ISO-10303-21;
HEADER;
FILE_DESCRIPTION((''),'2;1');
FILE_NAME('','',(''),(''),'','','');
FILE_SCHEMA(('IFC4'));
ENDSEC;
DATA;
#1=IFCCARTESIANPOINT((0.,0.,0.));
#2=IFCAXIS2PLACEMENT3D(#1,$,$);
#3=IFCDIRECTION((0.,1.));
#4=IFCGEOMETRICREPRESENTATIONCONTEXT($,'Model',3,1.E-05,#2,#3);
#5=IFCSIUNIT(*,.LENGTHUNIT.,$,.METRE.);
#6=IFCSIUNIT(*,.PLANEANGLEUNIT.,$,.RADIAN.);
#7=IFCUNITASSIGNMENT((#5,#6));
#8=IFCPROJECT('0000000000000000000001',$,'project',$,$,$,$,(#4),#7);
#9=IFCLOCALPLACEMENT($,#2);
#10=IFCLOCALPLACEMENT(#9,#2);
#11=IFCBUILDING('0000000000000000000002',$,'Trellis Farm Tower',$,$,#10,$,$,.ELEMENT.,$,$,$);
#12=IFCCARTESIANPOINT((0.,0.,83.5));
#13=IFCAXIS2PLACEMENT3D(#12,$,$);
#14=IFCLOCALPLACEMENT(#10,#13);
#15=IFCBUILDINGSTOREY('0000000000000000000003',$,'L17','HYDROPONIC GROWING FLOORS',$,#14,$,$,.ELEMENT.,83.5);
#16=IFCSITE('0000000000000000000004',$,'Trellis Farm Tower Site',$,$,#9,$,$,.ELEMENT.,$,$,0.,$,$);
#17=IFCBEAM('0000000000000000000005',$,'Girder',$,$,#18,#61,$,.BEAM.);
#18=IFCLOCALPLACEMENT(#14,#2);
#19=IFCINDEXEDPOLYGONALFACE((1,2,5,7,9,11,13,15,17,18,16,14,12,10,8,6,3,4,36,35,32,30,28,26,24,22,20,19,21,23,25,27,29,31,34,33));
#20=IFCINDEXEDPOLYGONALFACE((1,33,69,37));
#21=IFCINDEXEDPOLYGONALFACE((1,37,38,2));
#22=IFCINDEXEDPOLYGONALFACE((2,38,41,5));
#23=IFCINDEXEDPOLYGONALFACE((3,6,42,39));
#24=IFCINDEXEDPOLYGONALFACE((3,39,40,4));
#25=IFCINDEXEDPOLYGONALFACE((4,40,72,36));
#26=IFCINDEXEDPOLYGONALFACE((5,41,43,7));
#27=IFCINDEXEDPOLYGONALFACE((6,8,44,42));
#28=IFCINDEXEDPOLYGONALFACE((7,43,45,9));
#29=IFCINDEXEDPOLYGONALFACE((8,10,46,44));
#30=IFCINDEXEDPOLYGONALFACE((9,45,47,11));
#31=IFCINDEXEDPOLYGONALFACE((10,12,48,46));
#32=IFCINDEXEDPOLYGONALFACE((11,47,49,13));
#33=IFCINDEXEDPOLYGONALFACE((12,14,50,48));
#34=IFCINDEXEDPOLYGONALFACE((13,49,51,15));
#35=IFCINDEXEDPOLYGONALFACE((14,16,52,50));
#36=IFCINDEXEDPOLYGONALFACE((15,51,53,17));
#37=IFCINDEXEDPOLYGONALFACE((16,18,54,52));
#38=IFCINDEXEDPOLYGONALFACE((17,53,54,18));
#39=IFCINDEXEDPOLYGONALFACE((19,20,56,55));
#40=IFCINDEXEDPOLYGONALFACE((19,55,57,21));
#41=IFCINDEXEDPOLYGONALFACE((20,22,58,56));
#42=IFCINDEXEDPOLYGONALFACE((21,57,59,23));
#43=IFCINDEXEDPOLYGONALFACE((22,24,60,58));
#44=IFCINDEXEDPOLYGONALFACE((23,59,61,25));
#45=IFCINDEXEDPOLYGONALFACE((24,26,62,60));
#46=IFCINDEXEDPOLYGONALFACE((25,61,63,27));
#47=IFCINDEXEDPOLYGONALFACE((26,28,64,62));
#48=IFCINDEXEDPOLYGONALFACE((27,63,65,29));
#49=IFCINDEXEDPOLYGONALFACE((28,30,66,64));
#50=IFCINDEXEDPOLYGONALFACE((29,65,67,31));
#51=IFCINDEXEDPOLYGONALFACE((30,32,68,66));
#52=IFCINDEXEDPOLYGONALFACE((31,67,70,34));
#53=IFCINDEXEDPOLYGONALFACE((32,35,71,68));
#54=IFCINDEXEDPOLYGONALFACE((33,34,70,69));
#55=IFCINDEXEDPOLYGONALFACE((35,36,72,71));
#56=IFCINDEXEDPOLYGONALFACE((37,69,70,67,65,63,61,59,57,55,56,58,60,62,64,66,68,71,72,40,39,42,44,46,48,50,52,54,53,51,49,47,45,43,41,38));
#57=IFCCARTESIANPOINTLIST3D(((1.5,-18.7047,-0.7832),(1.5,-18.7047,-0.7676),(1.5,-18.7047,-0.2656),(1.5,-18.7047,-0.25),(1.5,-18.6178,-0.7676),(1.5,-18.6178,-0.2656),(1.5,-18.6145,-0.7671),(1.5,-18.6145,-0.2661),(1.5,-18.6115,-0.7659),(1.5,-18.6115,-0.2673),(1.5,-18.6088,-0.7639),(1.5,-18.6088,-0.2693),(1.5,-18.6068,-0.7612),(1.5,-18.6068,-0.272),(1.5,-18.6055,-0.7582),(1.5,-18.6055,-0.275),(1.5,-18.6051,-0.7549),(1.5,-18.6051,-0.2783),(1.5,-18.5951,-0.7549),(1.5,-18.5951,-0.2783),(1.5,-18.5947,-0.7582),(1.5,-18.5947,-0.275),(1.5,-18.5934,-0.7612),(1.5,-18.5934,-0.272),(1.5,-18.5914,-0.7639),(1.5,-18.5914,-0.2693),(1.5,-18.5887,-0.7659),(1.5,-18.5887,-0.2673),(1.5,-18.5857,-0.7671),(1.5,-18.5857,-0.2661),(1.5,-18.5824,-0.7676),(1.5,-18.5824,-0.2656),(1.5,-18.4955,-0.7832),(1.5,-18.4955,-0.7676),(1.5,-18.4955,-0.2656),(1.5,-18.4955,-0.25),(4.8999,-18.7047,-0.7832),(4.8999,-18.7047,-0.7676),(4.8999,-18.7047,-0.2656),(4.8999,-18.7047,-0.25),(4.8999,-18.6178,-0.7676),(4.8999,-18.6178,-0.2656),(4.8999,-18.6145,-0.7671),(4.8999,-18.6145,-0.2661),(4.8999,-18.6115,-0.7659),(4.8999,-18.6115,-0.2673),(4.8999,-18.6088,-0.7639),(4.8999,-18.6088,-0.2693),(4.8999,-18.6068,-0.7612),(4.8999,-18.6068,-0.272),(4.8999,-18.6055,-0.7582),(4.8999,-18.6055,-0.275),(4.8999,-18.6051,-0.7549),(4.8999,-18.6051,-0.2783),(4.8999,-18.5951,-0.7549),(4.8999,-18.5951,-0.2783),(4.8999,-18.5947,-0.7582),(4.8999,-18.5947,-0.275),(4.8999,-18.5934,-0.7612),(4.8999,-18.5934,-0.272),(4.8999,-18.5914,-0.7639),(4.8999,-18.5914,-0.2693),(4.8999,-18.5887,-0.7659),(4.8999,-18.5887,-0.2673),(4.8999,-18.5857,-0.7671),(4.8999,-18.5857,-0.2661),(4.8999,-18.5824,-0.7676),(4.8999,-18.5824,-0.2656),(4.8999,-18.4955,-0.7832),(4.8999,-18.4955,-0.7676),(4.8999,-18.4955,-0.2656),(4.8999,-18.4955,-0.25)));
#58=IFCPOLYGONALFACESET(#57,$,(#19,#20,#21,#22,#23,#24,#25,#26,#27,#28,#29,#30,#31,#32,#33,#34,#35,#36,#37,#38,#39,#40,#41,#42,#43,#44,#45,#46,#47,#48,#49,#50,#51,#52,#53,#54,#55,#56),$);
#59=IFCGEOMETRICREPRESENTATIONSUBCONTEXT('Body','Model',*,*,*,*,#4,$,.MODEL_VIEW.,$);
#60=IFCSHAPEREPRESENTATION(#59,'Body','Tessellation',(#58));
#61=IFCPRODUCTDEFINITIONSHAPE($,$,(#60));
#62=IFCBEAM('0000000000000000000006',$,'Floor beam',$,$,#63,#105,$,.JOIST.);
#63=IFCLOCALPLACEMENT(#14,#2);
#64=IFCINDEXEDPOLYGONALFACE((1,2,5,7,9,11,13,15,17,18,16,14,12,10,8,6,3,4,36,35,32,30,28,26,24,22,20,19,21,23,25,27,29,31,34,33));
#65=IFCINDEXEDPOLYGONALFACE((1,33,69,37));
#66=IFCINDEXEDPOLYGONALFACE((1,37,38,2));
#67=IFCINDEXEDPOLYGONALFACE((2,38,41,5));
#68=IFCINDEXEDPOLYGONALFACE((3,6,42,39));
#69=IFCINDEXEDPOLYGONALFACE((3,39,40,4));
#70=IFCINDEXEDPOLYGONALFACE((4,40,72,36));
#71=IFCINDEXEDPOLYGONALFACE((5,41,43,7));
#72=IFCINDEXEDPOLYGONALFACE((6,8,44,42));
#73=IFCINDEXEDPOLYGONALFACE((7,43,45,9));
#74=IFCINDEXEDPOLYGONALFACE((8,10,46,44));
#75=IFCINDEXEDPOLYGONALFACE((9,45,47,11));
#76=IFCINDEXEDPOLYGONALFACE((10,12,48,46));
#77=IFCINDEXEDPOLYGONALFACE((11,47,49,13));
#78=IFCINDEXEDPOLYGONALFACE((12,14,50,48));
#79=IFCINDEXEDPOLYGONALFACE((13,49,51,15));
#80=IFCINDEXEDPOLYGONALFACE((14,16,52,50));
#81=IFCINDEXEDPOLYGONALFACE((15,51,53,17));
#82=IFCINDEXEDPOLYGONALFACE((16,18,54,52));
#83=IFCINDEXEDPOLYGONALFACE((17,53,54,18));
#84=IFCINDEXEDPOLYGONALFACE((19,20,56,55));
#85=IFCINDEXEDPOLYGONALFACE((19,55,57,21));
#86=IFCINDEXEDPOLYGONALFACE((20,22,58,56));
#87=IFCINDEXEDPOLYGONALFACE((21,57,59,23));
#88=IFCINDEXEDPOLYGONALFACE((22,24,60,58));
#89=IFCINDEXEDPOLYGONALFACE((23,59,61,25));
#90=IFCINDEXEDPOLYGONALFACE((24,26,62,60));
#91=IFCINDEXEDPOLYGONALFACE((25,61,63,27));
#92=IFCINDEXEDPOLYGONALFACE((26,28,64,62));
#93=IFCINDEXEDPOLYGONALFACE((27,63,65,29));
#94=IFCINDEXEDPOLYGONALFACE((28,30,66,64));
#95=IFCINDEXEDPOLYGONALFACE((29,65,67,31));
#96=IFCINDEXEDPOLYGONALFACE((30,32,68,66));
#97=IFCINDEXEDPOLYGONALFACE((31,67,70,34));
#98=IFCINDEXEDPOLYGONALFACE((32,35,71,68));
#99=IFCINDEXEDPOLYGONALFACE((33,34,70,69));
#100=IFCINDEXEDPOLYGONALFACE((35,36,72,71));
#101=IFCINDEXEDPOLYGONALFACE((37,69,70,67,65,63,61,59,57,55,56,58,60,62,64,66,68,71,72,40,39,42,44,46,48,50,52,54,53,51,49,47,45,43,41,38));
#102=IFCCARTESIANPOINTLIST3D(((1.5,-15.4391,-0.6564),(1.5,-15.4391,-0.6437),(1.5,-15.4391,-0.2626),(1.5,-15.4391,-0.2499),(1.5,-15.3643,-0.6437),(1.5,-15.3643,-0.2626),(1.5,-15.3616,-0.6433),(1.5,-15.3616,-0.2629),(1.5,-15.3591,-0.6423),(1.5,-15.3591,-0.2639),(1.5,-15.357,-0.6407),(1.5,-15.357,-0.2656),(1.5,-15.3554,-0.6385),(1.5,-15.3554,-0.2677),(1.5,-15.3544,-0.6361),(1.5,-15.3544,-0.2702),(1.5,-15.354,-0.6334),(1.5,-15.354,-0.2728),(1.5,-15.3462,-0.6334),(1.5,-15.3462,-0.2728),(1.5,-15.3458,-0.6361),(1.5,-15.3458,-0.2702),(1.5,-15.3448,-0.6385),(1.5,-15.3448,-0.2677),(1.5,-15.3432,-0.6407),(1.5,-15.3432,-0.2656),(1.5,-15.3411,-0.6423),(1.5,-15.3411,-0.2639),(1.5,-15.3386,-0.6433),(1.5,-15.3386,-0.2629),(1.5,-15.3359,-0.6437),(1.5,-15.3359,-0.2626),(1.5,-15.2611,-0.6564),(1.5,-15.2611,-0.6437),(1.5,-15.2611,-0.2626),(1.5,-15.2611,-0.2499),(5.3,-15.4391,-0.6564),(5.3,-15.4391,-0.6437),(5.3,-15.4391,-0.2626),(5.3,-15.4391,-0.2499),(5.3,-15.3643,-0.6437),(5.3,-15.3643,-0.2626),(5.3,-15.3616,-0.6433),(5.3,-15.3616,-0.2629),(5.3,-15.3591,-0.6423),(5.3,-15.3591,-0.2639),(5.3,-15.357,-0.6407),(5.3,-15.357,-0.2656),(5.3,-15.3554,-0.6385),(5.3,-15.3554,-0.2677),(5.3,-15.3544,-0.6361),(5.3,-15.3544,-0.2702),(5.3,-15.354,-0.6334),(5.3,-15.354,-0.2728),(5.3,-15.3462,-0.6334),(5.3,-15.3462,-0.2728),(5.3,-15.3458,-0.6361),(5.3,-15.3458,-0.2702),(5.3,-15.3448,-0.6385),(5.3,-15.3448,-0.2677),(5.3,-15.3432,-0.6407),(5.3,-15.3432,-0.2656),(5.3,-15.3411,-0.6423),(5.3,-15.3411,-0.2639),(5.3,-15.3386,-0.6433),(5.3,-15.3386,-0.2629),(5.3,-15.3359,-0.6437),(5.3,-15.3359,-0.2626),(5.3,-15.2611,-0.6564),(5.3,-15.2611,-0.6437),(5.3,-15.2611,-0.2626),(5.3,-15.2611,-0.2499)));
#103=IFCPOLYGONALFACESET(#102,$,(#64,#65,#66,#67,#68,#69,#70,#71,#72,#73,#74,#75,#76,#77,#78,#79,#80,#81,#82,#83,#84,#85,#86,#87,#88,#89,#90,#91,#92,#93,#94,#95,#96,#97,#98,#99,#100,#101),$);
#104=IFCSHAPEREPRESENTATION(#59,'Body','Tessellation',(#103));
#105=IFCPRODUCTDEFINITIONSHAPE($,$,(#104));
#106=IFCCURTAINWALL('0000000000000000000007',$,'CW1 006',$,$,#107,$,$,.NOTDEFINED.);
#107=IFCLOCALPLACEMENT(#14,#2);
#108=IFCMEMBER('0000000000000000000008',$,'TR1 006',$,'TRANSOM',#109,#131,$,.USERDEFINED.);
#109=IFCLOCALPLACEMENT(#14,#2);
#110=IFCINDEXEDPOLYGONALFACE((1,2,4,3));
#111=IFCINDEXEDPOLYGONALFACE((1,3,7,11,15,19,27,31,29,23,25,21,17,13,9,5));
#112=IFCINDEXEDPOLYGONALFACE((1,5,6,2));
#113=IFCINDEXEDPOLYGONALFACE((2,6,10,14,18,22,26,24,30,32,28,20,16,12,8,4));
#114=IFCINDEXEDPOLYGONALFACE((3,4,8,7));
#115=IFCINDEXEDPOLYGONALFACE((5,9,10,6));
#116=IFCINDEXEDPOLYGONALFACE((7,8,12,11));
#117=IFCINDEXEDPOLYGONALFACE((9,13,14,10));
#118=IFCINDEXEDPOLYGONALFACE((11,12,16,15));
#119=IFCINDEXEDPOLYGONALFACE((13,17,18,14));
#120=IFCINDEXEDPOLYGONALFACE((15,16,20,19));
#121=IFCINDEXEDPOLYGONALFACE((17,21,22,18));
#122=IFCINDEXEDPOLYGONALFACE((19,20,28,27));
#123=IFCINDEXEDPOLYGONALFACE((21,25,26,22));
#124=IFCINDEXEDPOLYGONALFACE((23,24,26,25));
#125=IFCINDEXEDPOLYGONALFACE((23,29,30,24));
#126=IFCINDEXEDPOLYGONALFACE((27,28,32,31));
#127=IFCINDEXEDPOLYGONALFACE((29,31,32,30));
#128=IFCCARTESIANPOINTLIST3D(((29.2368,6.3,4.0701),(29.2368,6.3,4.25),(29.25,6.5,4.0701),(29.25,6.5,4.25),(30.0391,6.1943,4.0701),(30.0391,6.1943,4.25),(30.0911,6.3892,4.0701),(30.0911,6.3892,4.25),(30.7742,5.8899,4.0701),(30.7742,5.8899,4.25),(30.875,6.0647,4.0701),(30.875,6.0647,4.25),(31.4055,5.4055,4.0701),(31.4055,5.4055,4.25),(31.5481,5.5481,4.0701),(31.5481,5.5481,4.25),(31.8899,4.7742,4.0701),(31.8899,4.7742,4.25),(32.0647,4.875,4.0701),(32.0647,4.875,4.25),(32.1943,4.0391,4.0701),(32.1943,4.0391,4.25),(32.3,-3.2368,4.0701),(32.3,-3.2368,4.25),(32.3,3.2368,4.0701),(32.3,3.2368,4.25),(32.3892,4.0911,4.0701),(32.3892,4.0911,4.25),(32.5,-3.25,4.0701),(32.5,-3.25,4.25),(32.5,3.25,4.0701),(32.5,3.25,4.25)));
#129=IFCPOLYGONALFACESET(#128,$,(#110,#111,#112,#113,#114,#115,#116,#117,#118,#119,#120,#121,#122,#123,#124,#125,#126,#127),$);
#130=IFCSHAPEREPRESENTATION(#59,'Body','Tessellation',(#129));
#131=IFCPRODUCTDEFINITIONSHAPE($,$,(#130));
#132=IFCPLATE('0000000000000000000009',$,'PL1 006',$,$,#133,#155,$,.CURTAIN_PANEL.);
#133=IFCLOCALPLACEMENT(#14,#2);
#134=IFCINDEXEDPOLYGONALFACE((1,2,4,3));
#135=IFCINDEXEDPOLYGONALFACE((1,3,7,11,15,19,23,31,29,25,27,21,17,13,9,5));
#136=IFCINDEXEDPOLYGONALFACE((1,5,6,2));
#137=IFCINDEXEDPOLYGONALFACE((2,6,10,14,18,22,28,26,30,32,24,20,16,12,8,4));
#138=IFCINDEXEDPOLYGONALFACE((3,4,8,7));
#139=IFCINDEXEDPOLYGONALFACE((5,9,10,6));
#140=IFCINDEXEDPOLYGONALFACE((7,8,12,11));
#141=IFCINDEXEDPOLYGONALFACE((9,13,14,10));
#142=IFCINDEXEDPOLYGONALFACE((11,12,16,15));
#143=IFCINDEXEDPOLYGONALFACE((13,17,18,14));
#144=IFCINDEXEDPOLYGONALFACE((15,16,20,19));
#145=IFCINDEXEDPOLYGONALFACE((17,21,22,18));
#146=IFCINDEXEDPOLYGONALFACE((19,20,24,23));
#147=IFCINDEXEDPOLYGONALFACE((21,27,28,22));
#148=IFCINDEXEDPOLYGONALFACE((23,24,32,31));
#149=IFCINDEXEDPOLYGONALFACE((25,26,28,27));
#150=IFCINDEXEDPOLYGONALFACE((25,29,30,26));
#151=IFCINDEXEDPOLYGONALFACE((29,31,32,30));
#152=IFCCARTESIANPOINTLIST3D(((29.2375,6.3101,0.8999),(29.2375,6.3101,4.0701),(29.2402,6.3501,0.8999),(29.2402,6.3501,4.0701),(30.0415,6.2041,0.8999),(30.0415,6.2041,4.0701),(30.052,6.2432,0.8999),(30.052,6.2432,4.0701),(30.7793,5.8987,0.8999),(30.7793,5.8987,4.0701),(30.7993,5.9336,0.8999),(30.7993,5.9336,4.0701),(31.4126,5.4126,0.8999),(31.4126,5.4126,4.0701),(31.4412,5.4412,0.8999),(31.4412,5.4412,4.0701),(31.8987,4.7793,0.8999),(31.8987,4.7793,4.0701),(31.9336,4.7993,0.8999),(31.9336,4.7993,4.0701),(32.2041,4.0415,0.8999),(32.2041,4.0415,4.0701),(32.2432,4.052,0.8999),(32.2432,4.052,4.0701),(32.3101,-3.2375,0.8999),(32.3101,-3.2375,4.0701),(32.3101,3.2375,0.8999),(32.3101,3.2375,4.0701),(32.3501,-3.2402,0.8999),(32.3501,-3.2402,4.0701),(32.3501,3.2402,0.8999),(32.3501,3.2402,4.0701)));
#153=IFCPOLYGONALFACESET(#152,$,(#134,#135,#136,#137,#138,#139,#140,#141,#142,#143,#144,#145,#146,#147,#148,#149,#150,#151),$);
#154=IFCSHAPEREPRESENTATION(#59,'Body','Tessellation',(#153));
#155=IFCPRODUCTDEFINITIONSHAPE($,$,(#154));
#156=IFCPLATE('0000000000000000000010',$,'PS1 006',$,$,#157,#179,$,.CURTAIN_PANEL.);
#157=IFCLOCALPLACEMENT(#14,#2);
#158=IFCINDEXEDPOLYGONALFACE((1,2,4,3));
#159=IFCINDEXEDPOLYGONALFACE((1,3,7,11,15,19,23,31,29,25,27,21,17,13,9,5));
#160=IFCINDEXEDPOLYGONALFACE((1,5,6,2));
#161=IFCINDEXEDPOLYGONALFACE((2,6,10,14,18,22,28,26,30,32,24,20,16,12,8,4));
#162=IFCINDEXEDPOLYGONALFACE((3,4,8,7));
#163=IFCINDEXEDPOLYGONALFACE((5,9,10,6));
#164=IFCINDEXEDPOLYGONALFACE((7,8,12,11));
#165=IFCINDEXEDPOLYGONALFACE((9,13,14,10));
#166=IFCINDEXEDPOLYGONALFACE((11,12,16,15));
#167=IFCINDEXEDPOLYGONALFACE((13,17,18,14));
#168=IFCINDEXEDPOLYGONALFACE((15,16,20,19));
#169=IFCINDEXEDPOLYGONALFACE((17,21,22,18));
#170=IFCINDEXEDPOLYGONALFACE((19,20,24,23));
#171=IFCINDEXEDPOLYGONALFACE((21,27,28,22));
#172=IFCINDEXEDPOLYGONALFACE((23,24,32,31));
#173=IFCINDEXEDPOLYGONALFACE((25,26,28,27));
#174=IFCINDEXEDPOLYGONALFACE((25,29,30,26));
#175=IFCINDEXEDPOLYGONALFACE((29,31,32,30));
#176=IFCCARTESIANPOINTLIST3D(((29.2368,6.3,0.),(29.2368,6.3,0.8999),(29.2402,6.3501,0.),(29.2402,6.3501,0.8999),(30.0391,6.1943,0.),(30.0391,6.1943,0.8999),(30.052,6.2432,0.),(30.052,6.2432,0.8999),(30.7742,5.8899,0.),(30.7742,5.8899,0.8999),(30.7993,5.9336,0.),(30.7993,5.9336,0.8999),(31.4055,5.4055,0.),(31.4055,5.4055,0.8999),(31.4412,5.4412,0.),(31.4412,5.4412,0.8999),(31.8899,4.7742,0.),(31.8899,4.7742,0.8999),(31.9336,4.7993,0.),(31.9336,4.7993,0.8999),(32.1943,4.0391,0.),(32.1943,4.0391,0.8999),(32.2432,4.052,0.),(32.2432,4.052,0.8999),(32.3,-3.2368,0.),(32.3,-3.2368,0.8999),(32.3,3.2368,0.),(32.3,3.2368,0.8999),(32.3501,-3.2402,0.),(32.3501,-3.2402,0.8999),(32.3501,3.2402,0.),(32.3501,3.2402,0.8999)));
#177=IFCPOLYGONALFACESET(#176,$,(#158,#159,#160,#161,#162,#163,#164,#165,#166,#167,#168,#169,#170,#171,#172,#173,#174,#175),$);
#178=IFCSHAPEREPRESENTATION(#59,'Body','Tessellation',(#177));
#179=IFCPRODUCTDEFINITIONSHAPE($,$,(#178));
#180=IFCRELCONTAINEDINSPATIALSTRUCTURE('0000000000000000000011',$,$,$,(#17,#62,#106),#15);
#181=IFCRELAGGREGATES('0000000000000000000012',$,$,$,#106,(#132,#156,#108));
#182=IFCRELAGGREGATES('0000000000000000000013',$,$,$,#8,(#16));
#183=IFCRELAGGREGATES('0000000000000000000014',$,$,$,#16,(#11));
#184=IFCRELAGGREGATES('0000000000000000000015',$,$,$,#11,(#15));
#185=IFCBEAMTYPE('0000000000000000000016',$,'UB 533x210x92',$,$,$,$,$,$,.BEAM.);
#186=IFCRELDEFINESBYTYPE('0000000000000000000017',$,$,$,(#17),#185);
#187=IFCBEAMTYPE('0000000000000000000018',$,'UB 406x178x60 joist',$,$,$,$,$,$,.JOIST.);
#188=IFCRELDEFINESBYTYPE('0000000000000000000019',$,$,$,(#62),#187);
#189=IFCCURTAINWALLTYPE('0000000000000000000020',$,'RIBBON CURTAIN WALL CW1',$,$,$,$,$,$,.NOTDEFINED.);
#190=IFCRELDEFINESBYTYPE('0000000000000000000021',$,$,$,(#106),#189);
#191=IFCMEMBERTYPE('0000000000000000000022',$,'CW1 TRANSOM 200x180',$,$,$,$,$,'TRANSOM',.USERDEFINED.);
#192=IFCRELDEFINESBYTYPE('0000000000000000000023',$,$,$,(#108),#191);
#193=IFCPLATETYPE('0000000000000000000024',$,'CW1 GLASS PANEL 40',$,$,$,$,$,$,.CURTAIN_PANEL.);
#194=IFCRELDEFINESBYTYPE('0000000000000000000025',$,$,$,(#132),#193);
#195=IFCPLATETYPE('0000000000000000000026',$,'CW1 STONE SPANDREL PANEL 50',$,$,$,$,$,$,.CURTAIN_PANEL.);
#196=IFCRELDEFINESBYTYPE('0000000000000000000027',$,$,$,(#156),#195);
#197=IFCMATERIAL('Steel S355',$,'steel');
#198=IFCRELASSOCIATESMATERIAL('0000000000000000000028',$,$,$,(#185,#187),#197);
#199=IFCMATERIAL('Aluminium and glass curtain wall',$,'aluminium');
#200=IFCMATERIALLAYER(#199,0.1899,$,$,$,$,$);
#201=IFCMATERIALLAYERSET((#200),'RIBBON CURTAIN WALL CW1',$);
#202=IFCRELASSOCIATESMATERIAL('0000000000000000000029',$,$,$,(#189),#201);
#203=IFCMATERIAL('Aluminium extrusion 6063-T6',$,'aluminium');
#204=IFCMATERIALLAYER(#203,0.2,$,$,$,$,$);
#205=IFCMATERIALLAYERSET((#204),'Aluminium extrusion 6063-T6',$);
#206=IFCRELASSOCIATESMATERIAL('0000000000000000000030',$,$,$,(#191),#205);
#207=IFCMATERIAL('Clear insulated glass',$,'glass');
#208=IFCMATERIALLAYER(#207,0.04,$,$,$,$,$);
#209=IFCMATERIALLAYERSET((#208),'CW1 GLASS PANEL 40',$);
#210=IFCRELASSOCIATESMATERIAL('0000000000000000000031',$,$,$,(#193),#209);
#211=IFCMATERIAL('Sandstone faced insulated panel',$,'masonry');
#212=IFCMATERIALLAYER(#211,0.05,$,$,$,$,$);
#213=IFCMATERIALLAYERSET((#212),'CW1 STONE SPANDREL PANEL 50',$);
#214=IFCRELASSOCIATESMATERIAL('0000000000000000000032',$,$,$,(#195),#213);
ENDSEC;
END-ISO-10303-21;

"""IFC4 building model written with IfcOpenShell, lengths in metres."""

from ifc_helpers import new_model, si_unit, direction, frame, origin, origin_2d, place, context, subcontext, project, spatial, polyline, i_section, outline, extrude, source, transform, mapped, material, layer, layer_set, material_profile, profile_set, type_object, element, aggregate, save


model = new_model("IFC4")

# Units and contexts
model_context = context("Model", 3, precision=1e-05, world=origin(), true_north=direction((0.0, 1.0)))
body_context = subcontext(model_context, "Body", "Model", "MODEL_VIEW")
ifc_project = project(units=[si_unit("LENGTHUNIT", "METRE"), si_unit("PLANEANGLEUNIT", "RADIAN")], contexts=[model_context])

# Site, building, storey
site_placement = place(None, origin())
site = spatial("IfcSite", under=ifc_project, at=site_placement, Name="Trellis Farm Tower Site", CompositionType="ELEMENT", RefElevation=0.0)
building_placement = place(site_placement, origin())
building = spatial("IfcBuilding", under=site, at=building_placement, Name="Trellis Farm Tower", CompositionType="ELEMENT")
storey_placement = place(building_placement, frame((0.0, 0.0, 83.5)))
storey = spatial("IfcBuildingStorey", under=building, at=storey_placement, Name="L17", Description="HYDROPONIC GROWING FLOORS", CompositionType="ELEMENT", Elevation=83.5)

# Beams
ifc_material_1 = material(Name="Steel S355", Category="steel")
ifc_material_profile_1 = material_profile(ifc_material_1, i_section(OverallWidth=0.2092, OverallDepth=0.5332, WebThickness=0.01, FlangeThickness=0.0156, FilletRadius=0.0127, at=origin_2d()), Name="UB 533x210x92")
ifc_profile_set_1 = profile_set([ifc_material_profile_1], Name="Steel S355")
beam_type_1 = type_object("IfcBeamType", Name="UB 533x210x92", PredefinedType="BEAM", material=ifc_profile_set_1)
shared_shape_1 = source(origin(), body_context, "Body", "SweptSolid", [
    extrude(i_section(OverallWidth=0.2092, OverallDepth=0.5332, WebThickness=0.01, FlangeThickness=0.0156, FilletRadius=0.0127, at=origin_2d()), origin(), (0.0, 0.0, 1.0), 3.3999),
])
beam_1_placement = place(storey_placement, frame((1.5, -18.6001, -0.5166), z_axis=(1.0, 0.0, 0.0), x_axis=(0.0, 1.0, 0.0)))
element("IfcBeam", 1, at=beam_1_placement, inside=storey, type_object=beam_type_1, Name="Girder", PredefinedType="BEAM", context=body_context, shape_type="MappedRepresentation", body=[
    mapped(shared_shape_1, transform((0.0, 0.0, 0.0))),
])
ifc_material_profile_2 = material_profile(ifc_material_1, i_section(OverallWidth=0.178, OverallDepth=0.4065, WebThickness=0.0078, FlangeThickness=0.0127, FilletRadius=0.0103, at=origin_2d()), Name="UB 406x178x60")
ifc_profile_set_2 = profile_set([ifc_material_profile_2], Name="Steel S355")
beam_type_2 = type_object("IfcBeamType", Name="UB 406x178x60 joist", PredefinedType="JOIST", material=ifc_profile_set_2)
shared_shape_2 = source(origin(), body_context, "Body", "SweptSolid", [
    extrude(i_section(OverallWidth=0.178, OverallDepth=0.4065, WebThickness=0.0078, FlangeThickness=0.0127, FilletRadius=0.0103, at=origin_2d()), origin(), (0.0, 0.0, 1.0), 3.8),
])
beam_2_placement = place(storey_placement, frame((1.5, -15.3501, -0.4531), z_axis=(1.0, 0.0, 0.0), x_axis=(0.0, 1.0, 0.0)))
element("IfcBeam", 2, at=beam_2_placement, inside=storey, type_object=beam_type_2, Name="Floor beam", PredefinedType="JOIST", context=body_context, shape_type="MappedRepresentation", body=[
    mapped(shared_shape_2, transform((0.0, 0.0, 0.0))),
])

# Curtain wall, member, plates
ifc_material_2 = material(Name="Aluminium and glass curtain wall", Category="aluminium")
ifc_layer_1 = layer(ifc_material_2, 0.1899)
ifc_layer_set_1 = layer_set([ifc_layer_1], Name="RIBBON CURTAIN WALL CW1")
curtain_wall_type = type_object("IfcCurtainWallType", Name="RIBBON CURTAIN WALL CW1", PredefinedType="NOTDEFINED", material=ifc_layer_set_1)
placement = place(storey_placement, origin())
curtain_wall = element("IfcCurtainWall", 3, at=placement, inside=storey, type_object=curtain_wall_type, Name="CW1 006", PredefinedType="NOTDEFINED")
ifc_material_3 = material(Name="Aluminium extrusion 6063-T6", Category="aluminium")
ifc_layer_2 = layer(ifc_material_3, 0.2)
ifc_layer_set_2 = layer_set([ifc_layer_2], Name="Aluminium extrusion 6063-T6")
member_type = type_object("IfcMemberType", Name="CW1 TRANSOM 200x180", ElementType="TRANSOM", PredefinedType="USERDEFINED", material=ifc_layer_set_2)
shared_shape_3 = source(origin(), body_context, "Body", "SweptSolid", [
    extrude(outline(polyline([(32.5, -3.25), (32.5, 3.25), (32.3892, 4.0911), (32.0647, 4.875), (31.5481, 5.5481), (30.875, 6.0647), (30.0911, 6.3892), (29.25, 6.5), (29.2368, 6.3), (30.0391, 6.1943), (30.7742, 5.8899), (31.4055, 5.4055), (31.8899, 4.7742), (32.1943, 4.0391), (32.3, 3.2368), (32.3, -3.2368), (32.5, -3.25)])), origin(), (0.0, 0.0, 1.0), 0.1799),
])
member_placement = place(storey_placement, frame((0.0, 0.0, 4.0701)))
member = element("IfcMember", 4, at=member_placement, type_object=member_type, Name="TR1 006", ObjectType="TRANSOM", PredefinedType="USERDEFINED", context=body_context, shape_type="MappedRepresentation", body=[
    mapped(shared_shape_3, transform((0.0, 0.0, 0.0))),
])
ifc_material_4 = material(Name="Clear insulated glass", Category="glass")
ifc_layer_3 = layer(ifc_material_4, 0.04)
ifc_layer_set_3 = layer_set([ifc_layer_3], Name="CW1 GLASS PANEL 40")
plate_type_1 = type_object("IfcPlateType", Name="CW1 GLASS PANEL 40", PredefinedType="CURTAIN_PANEL", material=ifc_layer_set_3)
shared_shape_4 = source(origin(), body_context, "Body", "SweptSolid", [
    extrude(outline(polyline([(32.3501, -3.2402), (32.3501, 3.2402), (32.2432, 4.052), (31.9336, 4.7993), (31.4412, 5.4412), (30.7993, 5.9336), (30.052, 6.2432), (29.2402, 6.3501), (29.2375, 6.3101), (30.0415, 6.2041), (30.7793, 5.8987), (31.4126, 5.4126), (31.8987, 4.7793), (32.2041, 4.0415), (32.3101, 3.2375), (32.3101, -3.2375), (32.3501, -3.2402)])), origin(), (0.0, 0.0, 1.0), 3.1702),
])
plate_1_placement = place(storey_placement, frame((0.0, 0.0, 0.8999)))
plate_1 = element("IfcPlate", 5, at=plate_1_placement, type_object=plate_type_1, Name="PL1 006", PredefinedType="CURTAIN_PANEL", context=body_context, shape_type="MappedRepresentation", body=[
    mapped(shared_shape_4, transform((0.0, 0.0, 0.0))),
])
ifc_material_5 = material(Name="Sandstone faced insulated panel", Category="masonry")
ifc_layer_4 = layer(ifc_material_5, 0.05)
ifc_layer_set_4 = layer_set([ifc_layer_4], Name="CW1 STONE SPANDREL PANEL 50")
plate_type_2 = type_object("IfcPlateType", Name="CW1 STONE SPANDREL PANEL 50", PredefinedType="CURTAIN_PANEL", material=ifc_layer_set_4)
shared_shape_5 = source(origin(), body_context, "Body", "SweptSolid", [
    extrude(outline(polyline([(32.3501, -3.2402), (32.3501, 3.2402), (32.2432, 4.052), (31.9336, 4.7993), (31.4412, 5.4412), (30.7993, 5.9336), (30.052, 6.2432), (29.2402, 6.3501), (29.2368, 6.3), (30.0391, 6.1943), (30.7742, 5.8899), (31.4055, 5.4055), (31.8899, 4.7742), (32.1943, 4.0391), (32.3, 3.2368), (32.3, -3.2368), (32.3501, -3.2402)])), origin(), (0.0, 0.0, 1.0), 0.8999),
])
plate_2 = element("IfcPlate", 6, at=placement, type_object=plate_type_2, Name="PS1 006", PredefinedType="CURTAIN_PANEL", context=body_context, shape_type="MappedRepresentation", body=[
    mapped(shared_shape_5, transform((0.0, 0.0, 0.0))),
])
aggregate(curtain_wall, [plate_1, plate_2, member])

save(model, "model.ifc")
